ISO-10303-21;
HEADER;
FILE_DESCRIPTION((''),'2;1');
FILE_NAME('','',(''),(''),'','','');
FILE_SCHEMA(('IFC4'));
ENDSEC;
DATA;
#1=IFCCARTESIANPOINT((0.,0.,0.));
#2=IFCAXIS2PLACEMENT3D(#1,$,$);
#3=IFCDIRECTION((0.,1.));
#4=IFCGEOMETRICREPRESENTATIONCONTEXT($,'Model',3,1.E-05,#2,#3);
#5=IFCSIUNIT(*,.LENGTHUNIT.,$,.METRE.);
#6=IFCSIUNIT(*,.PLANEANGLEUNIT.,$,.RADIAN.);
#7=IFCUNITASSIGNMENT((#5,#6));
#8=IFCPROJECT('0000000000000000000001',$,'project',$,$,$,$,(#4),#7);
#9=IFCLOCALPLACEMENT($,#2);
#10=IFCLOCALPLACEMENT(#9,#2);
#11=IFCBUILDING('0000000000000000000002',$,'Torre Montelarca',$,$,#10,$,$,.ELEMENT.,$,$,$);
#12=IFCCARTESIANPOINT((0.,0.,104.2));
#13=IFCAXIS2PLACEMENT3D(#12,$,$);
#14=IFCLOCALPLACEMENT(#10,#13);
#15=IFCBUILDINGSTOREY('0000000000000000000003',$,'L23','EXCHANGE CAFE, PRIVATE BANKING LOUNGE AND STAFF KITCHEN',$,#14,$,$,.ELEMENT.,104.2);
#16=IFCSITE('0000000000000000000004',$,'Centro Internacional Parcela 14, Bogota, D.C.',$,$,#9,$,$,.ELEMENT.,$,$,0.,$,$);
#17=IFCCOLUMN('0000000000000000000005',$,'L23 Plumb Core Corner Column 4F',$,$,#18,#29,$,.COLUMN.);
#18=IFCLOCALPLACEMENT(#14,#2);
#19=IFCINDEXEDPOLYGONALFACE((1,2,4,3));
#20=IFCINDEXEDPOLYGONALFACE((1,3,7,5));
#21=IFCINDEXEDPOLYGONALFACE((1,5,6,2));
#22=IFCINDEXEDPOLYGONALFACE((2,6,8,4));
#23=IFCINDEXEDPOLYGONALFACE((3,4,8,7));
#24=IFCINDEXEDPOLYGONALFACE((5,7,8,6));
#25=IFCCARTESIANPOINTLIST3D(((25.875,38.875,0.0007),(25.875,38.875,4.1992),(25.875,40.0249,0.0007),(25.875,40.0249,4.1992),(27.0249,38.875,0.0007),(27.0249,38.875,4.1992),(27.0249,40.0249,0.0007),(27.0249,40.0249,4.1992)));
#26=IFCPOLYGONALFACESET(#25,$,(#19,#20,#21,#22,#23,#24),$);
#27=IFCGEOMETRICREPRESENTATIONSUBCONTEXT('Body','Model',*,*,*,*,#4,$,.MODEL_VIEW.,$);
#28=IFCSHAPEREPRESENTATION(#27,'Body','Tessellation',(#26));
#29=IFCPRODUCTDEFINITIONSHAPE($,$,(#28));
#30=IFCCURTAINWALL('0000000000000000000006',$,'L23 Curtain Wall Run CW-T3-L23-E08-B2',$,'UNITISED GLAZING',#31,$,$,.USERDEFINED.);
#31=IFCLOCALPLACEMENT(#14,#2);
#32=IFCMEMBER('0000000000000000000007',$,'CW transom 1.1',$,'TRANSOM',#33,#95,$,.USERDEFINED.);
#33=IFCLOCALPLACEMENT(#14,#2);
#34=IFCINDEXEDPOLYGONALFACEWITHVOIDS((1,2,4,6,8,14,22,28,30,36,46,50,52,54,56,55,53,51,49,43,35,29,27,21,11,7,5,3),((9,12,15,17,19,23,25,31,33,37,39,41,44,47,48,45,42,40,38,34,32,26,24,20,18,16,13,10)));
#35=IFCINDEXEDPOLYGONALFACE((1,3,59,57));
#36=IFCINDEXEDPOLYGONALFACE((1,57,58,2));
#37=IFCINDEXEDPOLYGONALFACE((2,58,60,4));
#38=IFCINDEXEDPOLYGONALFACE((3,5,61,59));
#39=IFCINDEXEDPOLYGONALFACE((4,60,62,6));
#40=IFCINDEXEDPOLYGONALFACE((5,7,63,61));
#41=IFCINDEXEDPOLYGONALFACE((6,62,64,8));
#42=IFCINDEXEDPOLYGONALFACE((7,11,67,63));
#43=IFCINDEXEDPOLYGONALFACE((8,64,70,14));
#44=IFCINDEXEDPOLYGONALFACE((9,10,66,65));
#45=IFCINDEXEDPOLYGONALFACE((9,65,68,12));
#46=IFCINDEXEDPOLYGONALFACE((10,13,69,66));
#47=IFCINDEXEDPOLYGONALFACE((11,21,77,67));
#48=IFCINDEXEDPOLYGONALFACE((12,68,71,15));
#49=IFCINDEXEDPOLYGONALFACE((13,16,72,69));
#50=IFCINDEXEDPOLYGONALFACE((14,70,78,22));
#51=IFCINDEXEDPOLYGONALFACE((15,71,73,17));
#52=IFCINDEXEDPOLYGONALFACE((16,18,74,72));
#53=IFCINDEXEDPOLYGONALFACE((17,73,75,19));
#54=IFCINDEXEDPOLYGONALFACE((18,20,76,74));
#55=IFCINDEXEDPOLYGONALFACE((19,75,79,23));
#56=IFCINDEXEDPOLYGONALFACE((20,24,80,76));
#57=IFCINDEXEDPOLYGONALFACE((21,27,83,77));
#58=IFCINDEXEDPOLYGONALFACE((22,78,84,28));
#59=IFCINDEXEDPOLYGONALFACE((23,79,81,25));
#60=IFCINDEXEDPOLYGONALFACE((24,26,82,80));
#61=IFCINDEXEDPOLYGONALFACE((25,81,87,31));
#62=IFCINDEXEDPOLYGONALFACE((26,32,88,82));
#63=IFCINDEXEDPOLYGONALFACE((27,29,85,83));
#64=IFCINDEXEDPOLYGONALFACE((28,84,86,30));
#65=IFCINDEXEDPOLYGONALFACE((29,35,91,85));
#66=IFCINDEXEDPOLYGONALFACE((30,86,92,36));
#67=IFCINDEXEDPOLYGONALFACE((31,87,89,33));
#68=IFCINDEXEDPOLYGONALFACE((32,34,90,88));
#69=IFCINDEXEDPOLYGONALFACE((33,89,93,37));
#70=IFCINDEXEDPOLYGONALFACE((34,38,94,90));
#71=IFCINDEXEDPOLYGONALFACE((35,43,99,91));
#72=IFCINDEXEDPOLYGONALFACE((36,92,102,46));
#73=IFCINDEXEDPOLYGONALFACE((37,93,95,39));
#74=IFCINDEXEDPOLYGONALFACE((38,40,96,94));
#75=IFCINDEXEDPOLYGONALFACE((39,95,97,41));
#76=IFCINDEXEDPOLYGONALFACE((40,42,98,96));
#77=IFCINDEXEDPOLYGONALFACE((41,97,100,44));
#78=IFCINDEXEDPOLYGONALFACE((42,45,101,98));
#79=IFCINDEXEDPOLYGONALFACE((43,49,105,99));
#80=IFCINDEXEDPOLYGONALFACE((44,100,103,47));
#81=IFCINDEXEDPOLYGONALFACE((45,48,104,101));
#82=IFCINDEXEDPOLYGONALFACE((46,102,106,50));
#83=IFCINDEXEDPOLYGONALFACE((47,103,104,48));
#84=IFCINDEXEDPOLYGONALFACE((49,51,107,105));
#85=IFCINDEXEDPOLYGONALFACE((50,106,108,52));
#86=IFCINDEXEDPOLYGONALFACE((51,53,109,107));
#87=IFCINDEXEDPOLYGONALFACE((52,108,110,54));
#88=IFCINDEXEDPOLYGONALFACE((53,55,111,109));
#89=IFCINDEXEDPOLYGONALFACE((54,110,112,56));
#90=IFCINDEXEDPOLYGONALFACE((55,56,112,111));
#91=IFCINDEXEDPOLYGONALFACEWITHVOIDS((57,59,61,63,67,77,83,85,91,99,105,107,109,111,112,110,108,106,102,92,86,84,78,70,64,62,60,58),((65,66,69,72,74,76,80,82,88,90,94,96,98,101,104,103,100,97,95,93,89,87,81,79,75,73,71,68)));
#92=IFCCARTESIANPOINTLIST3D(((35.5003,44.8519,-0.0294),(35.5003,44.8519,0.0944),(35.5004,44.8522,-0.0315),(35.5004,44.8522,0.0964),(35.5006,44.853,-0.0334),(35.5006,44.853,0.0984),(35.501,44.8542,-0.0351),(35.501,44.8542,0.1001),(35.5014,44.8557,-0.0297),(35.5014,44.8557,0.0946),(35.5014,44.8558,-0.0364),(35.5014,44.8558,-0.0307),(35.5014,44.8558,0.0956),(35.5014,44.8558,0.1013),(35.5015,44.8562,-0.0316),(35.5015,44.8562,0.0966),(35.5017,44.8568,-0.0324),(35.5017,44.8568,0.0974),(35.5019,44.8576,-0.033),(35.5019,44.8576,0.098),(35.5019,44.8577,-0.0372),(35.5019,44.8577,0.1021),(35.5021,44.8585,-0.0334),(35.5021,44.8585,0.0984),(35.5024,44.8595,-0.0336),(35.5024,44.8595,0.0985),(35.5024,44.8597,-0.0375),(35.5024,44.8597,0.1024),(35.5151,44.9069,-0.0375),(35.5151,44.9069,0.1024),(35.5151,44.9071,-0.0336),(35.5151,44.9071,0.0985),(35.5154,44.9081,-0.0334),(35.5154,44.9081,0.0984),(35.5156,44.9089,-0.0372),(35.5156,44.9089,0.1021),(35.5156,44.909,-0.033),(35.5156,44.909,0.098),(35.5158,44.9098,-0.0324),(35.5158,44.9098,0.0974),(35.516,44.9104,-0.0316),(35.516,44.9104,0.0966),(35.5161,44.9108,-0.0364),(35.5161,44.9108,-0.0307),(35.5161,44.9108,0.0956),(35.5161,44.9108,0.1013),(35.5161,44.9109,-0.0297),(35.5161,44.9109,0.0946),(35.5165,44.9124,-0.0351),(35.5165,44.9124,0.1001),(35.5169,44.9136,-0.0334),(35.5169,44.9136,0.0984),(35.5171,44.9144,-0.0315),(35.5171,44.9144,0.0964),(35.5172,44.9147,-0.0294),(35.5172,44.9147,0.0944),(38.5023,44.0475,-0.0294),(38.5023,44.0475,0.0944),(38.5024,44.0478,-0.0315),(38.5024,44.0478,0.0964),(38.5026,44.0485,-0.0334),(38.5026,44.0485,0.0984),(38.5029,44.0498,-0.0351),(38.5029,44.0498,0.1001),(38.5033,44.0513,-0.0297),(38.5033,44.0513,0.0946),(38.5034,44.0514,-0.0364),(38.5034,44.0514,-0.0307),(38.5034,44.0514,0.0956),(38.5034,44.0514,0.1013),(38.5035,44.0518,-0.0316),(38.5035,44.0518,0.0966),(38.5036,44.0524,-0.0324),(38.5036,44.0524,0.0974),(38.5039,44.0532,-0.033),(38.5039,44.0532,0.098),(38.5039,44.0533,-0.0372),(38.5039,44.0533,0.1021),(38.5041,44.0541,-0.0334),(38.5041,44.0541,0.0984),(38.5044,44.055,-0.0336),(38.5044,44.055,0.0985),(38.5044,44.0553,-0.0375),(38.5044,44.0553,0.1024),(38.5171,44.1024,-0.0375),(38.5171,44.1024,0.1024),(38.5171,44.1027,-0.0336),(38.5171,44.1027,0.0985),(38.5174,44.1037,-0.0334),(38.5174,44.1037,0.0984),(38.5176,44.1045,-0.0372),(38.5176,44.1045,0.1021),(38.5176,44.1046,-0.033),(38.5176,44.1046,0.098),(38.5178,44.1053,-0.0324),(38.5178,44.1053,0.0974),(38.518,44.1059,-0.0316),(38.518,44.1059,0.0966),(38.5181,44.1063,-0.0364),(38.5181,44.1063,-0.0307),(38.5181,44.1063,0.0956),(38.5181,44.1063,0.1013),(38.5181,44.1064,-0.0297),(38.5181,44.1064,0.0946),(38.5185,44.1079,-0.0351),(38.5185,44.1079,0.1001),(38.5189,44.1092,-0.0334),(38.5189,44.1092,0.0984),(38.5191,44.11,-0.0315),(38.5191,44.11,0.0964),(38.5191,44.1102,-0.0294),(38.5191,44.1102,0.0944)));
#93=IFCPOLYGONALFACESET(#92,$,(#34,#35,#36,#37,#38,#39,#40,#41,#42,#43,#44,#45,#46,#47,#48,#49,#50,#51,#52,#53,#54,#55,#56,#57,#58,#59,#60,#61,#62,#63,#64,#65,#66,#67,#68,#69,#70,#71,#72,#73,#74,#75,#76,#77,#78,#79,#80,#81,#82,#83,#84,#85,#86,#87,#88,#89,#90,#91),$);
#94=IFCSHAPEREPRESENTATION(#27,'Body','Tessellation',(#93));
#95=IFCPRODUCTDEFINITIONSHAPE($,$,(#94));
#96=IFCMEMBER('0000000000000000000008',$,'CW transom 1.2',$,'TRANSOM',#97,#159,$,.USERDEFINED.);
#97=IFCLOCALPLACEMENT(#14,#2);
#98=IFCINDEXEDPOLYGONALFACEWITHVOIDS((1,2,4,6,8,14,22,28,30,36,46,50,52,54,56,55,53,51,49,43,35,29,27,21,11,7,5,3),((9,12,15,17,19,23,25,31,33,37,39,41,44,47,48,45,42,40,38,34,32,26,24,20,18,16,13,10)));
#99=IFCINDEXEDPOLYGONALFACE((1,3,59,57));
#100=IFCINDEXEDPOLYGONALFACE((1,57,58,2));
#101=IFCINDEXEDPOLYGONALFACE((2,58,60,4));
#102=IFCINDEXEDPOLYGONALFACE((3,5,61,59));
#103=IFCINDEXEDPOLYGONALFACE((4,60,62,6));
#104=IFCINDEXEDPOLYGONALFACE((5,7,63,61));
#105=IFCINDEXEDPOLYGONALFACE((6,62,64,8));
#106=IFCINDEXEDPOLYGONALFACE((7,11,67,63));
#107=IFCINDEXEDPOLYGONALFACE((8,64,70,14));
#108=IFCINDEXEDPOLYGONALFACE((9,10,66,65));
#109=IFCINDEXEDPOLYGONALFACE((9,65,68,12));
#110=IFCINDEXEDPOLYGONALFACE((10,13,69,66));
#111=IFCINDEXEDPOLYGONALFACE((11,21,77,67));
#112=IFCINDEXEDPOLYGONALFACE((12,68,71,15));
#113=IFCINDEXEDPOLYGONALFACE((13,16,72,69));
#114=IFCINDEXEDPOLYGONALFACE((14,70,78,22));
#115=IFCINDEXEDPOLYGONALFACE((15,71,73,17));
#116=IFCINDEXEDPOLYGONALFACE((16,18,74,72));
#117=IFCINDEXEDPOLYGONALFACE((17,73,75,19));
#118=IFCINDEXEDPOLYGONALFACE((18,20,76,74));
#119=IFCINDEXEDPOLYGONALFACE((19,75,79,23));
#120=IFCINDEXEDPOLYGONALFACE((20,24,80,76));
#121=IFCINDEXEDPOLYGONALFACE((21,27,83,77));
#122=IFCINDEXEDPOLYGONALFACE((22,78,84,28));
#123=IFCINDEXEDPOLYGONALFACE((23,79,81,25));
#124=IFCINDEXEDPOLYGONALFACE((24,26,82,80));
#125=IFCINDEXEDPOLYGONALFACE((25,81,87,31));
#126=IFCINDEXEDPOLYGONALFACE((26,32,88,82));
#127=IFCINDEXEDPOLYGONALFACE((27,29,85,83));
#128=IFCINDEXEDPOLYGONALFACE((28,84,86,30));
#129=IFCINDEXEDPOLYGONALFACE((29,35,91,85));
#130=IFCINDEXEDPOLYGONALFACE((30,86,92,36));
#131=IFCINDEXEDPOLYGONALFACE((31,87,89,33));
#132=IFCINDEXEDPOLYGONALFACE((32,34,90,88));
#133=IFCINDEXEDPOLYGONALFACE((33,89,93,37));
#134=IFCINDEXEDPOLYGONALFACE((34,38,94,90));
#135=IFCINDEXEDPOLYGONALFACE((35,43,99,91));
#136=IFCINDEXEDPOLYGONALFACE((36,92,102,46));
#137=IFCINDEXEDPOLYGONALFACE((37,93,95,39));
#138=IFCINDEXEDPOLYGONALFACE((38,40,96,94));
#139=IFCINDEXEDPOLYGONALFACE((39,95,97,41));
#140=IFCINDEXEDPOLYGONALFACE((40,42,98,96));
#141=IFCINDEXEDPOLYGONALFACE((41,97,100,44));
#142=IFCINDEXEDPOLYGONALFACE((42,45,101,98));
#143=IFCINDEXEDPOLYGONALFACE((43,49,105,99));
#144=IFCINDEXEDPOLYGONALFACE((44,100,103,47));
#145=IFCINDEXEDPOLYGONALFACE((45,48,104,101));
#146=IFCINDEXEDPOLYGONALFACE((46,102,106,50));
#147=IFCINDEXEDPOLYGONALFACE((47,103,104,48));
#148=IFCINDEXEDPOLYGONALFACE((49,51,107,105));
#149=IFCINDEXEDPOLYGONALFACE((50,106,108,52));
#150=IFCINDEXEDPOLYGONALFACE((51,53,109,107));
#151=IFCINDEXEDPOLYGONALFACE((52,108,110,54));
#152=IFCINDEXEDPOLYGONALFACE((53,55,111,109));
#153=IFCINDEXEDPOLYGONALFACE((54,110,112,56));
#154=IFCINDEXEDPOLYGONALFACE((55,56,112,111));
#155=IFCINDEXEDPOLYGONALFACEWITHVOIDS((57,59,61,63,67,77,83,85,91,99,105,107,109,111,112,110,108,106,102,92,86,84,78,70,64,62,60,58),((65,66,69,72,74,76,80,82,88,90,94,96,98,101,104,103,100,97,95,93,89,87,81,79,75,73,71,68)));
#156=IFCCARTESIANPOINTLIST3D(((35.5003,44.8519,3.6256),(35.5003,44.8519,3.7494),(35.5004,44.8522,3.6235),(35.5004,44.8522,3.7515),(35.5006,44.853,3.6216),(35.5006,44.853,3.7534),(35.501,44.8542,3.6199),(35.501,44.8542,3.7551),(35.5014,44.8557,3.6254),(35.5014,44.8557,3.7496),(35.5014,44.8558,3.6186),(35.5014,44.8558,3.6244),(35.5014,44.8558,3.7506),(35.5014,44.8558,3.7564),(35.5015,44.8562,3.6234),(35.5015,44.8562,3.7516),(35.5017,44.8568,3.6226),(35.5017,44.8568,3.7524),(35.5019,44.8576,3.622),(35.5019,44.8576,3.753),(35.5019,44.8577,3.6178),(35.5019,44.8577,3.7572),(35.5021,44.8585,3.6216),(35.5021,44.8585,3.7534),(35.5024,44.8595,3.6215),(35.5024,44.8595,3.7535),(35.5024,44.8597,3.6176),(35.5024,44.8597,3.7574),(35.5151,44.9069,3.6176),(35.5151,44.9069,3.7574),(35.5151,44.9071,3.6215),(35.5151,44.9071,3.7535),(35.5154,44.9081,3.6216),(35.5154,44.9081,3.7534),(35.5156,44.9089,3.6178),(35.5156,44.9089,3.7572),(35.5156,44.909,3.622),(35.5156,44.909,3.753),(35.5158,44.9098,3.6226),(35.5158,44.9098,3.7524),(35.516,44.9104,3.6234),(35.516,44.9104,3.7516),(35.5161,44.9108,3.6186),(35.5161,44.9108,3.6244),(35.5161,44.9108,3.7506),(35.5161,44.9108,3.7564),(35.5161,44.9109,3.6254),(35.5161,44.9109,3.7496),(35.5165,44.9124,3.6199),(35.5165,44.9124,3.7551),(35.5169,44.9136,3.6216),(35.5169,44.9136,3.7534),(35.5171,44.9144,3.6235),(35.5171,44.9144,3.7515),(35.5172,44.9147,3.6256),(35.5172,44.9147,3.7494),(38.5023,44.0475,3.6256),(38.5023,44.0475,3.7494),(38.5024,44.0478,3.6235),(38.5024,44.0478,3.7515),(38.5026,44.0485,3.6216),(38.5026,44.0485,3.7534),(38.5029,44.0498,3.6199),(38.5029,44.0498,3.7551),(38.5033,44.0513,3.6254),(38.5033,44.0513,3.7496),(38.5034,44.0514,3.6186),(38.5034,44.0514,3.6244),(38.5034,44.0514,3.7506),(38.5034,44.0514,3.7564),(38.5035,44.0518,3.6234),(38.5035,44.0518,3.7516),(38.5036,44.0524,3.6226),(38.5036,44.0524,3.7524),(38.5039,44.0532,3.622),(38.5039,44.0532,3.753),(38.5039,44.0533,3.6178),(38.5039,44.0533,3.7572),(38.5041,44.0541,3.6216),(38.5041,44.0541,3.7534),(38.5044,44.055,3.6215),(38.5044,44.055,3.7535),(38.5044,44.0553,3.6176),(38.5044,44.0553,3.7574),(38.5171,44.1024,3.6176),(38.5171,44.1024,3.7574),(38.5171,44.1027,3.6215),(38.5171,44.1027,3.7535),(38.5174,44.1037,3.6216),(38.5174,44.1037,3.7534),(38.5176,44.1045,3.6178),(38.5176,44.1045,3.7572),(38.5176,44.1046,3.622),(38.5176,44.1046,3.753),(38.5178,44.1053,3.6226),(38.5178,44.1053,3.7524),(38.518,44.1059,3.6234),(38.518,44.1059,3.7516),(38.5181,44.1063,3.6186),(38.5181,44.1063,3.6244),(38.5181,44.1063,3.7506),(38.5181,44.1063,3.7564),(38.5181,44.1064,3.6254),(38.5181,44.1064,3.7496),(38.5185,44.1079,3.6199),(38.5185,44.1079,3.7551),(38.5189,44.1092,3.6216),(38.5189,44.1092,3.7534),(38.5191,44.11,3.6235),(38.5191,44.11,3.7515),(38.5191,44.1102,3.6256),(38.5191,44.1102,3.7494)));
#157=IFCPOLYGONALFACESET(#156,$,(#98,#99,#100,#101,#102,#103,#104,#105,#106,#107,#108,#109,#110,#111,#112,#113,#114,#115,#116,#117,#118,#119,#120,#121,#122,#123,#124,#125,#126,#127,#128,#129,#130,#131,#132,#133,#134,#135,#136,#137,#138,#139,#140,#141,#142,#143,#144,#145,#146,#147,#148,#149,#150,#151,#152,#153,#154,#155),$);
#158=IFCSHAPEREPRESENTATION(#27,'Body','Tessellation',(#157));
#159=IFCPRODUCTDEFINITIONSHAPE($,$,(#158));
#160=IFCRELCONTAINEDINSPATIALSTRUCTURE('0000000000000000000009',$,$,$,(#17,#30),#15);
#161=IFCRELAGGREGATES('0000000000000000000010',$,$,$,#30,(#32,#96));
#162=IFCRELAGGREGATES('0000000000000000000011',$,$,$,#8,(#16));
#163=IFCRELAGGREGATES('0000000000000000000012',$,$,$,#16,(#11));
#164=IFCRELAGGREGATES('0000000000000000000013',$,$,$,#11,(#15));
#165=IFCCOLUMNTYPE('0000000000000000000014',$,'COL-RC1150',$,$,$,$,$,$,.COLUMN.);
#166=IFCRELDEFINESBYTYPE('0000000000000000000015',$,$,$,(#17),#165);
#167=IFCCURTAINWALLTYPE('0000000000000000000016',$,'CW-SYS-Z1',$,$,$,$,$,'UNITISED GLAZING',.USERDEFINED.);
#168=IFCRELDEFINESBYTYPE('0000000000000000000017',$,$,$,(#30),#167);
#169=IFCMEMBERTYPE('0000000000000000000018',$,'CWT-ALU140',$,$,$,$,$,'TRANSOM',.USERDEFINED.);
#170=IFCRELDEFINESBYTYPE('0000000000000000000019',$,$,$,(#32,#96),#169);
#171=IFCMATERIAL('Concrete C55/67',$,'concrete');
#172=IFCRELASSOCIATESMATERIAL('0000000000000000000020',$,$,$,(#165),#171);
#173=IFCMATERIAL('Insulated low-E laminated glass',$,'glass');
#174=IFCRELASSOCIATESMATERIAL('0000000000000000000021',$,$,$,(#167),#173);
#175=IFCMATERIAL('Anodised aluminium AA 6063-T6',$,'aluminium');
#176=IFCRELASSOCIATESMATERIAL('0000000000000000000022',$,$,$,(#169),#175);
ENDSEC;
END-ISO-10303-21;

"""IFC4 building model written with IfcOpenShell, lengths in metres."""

from ifc_helpers import new_model, si_unit, direction, frame, origin, origin_2d, place, context, subcontext, project, spatial, rectangle, hollow_rectangle, extrude, source, transform, mapped, material, material_profile, profile_set, type_object, element, aggregate, save


model = new_model("IFC4")

# Units and contexts
model_context = context("Model", 3, precision=1e-05, world=origin(), true_north=direction((0.0, 1.0)))
body_context = subcontext(model_context, "Body", "Model", "MODEL_VIEW")
ifc_project = project(units=[si_unit("LENGTHUNIT", "METRE"), si_unit("PLANEANGLEUNIT", "RADIAN")], contexts=[model_context])

# Site, building, storey
site_placement = place(None, origin())
site = spatial("IfcSite", under=ifc_project, at=site_placement, Name="Centro Internacional Parcela 14, Bogota, D.C.", CompositionType="ELEMENT", RefElevation=0.0)
building_placement = place(site_placement, origin())
building = spatial("IfcBuilding", under=site, at=building_placement, Name="Torre Montelarca", CompositionType="ELEMENT")
storey_placement = place(building_placement, frame((0.0, 0.0, 104.2)))
storey = spatial("IfcBuildingStorey", under=building, at=storey_placement, Name="L23", Description="EXCHANGE CAFE, PRIVATE BANKING LOUNGE AND STAFF KITCHEN", CompositionType="ELEMENT", Elevation=104.2)

# Column
ifc_material_1 = material(Name="Concrete C55/67", Category="concrete")
ifc_material_profile_1 = material_profile(ifc_material_1, rectangle(XDim=1.1499, YDim=1.1499, at=origin_2d()), Name="RC1150X1150", Category="concrete")
ifc_profile_set_1 = profile_set([ifc_material_profile_1], Name="Concrete C55/67")
column_type_1 = type_object("IfcColumnType", Name="COL-RC1150", PredefinedType="COLUMN", material=ifc_profile_set_1)
shared_shape_1 = source(origin(), body_context, "Body", "SweptSolid", [
    extrude(rectangle(XDim=1.1499, YDim=1.1499, at=origin_2d()), origin(), (0.0, 0.0, 1.0), 4.1985),
])
column_1_placement = place(storey_placement, frame((26.45, 39.45, 0.0007), z_axis=(0.0, 0.0, 1.0), x_axis=(1.0, 0.0, 0.0)))
element("IfcColumn", 1, at=column_1_placement, inside=storey, type_object=column_type_1, Name="L23 Plumb Core Corner Column 4F", PredefinedType="COLUMN", context=body_context, shape_type="MappedRepresentation", body=[
    mapped(shared_shape_1, transform((0.0, 0.0, 0.0), scale=1.0)),
])

# Curtain wall, members
ifc_material_2 = material(Name="Insulated low-E laminated glass", Category="glass")
curtain_wall_type = type_object("IfcCurtainWallType", Name="CW-SYS-Z1", ElementType="UNITISED GLAZING", PredefinedType="USERDEFINED", material=ifc_material_2)
curtain_wall_1_placement = place(storey_placement, origin())
curtain_wall_1 = element("IfcCurtainWall", 2, at=curtain_wall_1_placement, inside=storey, type_object=curtain_wall_type, Name="L23 Curtain Wall Run CW-T3-L23-E08-B2", ObjectType="UNITISED GLAZING", PredefinedType="USERDEFINED")
ifc_material_3 = material(Name="Anodised aluminium AA 6063-T6", Category="aluminium")
ifc_material_profile_2 = material_profile(ifc_material_3, hollow_rectangle(XDim=0.0649, YDim=0.1399, WallThickness=0.0039, InnerFilletRadius=0.0039, OuterFilletRadius=0.0081, at=origin_2d()), Name="ALU65X140X4", Category="aluminium")
ifc_profile_set_2 = profile_set([ifc_material_profile_2], Name="Anodised aluminium AA 6063-T6")
member_type_1 = type_object("IfcMemberType", Name="CWT-ALU140", ElementType="TRANSOM", PredefinedType="USERDEFINED", material=ifc_profile_set_2)
shared_shape_2 = source(origin(), body_context, "Body", "SweptSolid", [
    extrude(hollow_rectangle(XDim=0.0649, YDim=0.1399, WallThickness=0.0039, InnerFilletRadius=0.0039, OuterFilletRadius=0.0081, at=origin_2d()), origin(), (0.0, 0.0, 1.0), 3.1079),
])
member_1_placement = place(storey_placement, frame((38.5107, 44.0789, 0.0325), z_axis=(-0.96592, 0.258841, 0.0), x_axis=(-0.258841, -0.96592, 0.0)))
member_1 = element("IfcMember", 3, at=member_1_placement, type_object=member_type_1, Name="CW transom 1.1", ObjectType="TRANSOM", PredefinedType="USERDEFINED", context=body_context, shape_type="MappedRepresentation", body=[
    mapped(shared_shape_2, transform((0.0, 0.0, 0.0), scale=1.0)),
])
member_2_placement = place(storey_placement, frame((38.5107, 44.0789, 3.6875), z_axis=(-0.96592, 0.258841, 0.0), x_axis=(-0.258841, -0.96592, 0.0)))
member_2 = element("IfcMember", 4, at=member_2_placement, type_object=member_type_1, Name="CW transom 1.2", ObjectType="TRANSOM", PredefinedType="USERDEFINED", context=body_context, shape_type="MappedRepresentation", body=[
    mapped(shared_shape_2, transform((0.0, 0.0, 0.0), scale=1.0)),
])

aggregate(curtain_wall_1, [member_1, member_2])

save(model, "model.ifc")
